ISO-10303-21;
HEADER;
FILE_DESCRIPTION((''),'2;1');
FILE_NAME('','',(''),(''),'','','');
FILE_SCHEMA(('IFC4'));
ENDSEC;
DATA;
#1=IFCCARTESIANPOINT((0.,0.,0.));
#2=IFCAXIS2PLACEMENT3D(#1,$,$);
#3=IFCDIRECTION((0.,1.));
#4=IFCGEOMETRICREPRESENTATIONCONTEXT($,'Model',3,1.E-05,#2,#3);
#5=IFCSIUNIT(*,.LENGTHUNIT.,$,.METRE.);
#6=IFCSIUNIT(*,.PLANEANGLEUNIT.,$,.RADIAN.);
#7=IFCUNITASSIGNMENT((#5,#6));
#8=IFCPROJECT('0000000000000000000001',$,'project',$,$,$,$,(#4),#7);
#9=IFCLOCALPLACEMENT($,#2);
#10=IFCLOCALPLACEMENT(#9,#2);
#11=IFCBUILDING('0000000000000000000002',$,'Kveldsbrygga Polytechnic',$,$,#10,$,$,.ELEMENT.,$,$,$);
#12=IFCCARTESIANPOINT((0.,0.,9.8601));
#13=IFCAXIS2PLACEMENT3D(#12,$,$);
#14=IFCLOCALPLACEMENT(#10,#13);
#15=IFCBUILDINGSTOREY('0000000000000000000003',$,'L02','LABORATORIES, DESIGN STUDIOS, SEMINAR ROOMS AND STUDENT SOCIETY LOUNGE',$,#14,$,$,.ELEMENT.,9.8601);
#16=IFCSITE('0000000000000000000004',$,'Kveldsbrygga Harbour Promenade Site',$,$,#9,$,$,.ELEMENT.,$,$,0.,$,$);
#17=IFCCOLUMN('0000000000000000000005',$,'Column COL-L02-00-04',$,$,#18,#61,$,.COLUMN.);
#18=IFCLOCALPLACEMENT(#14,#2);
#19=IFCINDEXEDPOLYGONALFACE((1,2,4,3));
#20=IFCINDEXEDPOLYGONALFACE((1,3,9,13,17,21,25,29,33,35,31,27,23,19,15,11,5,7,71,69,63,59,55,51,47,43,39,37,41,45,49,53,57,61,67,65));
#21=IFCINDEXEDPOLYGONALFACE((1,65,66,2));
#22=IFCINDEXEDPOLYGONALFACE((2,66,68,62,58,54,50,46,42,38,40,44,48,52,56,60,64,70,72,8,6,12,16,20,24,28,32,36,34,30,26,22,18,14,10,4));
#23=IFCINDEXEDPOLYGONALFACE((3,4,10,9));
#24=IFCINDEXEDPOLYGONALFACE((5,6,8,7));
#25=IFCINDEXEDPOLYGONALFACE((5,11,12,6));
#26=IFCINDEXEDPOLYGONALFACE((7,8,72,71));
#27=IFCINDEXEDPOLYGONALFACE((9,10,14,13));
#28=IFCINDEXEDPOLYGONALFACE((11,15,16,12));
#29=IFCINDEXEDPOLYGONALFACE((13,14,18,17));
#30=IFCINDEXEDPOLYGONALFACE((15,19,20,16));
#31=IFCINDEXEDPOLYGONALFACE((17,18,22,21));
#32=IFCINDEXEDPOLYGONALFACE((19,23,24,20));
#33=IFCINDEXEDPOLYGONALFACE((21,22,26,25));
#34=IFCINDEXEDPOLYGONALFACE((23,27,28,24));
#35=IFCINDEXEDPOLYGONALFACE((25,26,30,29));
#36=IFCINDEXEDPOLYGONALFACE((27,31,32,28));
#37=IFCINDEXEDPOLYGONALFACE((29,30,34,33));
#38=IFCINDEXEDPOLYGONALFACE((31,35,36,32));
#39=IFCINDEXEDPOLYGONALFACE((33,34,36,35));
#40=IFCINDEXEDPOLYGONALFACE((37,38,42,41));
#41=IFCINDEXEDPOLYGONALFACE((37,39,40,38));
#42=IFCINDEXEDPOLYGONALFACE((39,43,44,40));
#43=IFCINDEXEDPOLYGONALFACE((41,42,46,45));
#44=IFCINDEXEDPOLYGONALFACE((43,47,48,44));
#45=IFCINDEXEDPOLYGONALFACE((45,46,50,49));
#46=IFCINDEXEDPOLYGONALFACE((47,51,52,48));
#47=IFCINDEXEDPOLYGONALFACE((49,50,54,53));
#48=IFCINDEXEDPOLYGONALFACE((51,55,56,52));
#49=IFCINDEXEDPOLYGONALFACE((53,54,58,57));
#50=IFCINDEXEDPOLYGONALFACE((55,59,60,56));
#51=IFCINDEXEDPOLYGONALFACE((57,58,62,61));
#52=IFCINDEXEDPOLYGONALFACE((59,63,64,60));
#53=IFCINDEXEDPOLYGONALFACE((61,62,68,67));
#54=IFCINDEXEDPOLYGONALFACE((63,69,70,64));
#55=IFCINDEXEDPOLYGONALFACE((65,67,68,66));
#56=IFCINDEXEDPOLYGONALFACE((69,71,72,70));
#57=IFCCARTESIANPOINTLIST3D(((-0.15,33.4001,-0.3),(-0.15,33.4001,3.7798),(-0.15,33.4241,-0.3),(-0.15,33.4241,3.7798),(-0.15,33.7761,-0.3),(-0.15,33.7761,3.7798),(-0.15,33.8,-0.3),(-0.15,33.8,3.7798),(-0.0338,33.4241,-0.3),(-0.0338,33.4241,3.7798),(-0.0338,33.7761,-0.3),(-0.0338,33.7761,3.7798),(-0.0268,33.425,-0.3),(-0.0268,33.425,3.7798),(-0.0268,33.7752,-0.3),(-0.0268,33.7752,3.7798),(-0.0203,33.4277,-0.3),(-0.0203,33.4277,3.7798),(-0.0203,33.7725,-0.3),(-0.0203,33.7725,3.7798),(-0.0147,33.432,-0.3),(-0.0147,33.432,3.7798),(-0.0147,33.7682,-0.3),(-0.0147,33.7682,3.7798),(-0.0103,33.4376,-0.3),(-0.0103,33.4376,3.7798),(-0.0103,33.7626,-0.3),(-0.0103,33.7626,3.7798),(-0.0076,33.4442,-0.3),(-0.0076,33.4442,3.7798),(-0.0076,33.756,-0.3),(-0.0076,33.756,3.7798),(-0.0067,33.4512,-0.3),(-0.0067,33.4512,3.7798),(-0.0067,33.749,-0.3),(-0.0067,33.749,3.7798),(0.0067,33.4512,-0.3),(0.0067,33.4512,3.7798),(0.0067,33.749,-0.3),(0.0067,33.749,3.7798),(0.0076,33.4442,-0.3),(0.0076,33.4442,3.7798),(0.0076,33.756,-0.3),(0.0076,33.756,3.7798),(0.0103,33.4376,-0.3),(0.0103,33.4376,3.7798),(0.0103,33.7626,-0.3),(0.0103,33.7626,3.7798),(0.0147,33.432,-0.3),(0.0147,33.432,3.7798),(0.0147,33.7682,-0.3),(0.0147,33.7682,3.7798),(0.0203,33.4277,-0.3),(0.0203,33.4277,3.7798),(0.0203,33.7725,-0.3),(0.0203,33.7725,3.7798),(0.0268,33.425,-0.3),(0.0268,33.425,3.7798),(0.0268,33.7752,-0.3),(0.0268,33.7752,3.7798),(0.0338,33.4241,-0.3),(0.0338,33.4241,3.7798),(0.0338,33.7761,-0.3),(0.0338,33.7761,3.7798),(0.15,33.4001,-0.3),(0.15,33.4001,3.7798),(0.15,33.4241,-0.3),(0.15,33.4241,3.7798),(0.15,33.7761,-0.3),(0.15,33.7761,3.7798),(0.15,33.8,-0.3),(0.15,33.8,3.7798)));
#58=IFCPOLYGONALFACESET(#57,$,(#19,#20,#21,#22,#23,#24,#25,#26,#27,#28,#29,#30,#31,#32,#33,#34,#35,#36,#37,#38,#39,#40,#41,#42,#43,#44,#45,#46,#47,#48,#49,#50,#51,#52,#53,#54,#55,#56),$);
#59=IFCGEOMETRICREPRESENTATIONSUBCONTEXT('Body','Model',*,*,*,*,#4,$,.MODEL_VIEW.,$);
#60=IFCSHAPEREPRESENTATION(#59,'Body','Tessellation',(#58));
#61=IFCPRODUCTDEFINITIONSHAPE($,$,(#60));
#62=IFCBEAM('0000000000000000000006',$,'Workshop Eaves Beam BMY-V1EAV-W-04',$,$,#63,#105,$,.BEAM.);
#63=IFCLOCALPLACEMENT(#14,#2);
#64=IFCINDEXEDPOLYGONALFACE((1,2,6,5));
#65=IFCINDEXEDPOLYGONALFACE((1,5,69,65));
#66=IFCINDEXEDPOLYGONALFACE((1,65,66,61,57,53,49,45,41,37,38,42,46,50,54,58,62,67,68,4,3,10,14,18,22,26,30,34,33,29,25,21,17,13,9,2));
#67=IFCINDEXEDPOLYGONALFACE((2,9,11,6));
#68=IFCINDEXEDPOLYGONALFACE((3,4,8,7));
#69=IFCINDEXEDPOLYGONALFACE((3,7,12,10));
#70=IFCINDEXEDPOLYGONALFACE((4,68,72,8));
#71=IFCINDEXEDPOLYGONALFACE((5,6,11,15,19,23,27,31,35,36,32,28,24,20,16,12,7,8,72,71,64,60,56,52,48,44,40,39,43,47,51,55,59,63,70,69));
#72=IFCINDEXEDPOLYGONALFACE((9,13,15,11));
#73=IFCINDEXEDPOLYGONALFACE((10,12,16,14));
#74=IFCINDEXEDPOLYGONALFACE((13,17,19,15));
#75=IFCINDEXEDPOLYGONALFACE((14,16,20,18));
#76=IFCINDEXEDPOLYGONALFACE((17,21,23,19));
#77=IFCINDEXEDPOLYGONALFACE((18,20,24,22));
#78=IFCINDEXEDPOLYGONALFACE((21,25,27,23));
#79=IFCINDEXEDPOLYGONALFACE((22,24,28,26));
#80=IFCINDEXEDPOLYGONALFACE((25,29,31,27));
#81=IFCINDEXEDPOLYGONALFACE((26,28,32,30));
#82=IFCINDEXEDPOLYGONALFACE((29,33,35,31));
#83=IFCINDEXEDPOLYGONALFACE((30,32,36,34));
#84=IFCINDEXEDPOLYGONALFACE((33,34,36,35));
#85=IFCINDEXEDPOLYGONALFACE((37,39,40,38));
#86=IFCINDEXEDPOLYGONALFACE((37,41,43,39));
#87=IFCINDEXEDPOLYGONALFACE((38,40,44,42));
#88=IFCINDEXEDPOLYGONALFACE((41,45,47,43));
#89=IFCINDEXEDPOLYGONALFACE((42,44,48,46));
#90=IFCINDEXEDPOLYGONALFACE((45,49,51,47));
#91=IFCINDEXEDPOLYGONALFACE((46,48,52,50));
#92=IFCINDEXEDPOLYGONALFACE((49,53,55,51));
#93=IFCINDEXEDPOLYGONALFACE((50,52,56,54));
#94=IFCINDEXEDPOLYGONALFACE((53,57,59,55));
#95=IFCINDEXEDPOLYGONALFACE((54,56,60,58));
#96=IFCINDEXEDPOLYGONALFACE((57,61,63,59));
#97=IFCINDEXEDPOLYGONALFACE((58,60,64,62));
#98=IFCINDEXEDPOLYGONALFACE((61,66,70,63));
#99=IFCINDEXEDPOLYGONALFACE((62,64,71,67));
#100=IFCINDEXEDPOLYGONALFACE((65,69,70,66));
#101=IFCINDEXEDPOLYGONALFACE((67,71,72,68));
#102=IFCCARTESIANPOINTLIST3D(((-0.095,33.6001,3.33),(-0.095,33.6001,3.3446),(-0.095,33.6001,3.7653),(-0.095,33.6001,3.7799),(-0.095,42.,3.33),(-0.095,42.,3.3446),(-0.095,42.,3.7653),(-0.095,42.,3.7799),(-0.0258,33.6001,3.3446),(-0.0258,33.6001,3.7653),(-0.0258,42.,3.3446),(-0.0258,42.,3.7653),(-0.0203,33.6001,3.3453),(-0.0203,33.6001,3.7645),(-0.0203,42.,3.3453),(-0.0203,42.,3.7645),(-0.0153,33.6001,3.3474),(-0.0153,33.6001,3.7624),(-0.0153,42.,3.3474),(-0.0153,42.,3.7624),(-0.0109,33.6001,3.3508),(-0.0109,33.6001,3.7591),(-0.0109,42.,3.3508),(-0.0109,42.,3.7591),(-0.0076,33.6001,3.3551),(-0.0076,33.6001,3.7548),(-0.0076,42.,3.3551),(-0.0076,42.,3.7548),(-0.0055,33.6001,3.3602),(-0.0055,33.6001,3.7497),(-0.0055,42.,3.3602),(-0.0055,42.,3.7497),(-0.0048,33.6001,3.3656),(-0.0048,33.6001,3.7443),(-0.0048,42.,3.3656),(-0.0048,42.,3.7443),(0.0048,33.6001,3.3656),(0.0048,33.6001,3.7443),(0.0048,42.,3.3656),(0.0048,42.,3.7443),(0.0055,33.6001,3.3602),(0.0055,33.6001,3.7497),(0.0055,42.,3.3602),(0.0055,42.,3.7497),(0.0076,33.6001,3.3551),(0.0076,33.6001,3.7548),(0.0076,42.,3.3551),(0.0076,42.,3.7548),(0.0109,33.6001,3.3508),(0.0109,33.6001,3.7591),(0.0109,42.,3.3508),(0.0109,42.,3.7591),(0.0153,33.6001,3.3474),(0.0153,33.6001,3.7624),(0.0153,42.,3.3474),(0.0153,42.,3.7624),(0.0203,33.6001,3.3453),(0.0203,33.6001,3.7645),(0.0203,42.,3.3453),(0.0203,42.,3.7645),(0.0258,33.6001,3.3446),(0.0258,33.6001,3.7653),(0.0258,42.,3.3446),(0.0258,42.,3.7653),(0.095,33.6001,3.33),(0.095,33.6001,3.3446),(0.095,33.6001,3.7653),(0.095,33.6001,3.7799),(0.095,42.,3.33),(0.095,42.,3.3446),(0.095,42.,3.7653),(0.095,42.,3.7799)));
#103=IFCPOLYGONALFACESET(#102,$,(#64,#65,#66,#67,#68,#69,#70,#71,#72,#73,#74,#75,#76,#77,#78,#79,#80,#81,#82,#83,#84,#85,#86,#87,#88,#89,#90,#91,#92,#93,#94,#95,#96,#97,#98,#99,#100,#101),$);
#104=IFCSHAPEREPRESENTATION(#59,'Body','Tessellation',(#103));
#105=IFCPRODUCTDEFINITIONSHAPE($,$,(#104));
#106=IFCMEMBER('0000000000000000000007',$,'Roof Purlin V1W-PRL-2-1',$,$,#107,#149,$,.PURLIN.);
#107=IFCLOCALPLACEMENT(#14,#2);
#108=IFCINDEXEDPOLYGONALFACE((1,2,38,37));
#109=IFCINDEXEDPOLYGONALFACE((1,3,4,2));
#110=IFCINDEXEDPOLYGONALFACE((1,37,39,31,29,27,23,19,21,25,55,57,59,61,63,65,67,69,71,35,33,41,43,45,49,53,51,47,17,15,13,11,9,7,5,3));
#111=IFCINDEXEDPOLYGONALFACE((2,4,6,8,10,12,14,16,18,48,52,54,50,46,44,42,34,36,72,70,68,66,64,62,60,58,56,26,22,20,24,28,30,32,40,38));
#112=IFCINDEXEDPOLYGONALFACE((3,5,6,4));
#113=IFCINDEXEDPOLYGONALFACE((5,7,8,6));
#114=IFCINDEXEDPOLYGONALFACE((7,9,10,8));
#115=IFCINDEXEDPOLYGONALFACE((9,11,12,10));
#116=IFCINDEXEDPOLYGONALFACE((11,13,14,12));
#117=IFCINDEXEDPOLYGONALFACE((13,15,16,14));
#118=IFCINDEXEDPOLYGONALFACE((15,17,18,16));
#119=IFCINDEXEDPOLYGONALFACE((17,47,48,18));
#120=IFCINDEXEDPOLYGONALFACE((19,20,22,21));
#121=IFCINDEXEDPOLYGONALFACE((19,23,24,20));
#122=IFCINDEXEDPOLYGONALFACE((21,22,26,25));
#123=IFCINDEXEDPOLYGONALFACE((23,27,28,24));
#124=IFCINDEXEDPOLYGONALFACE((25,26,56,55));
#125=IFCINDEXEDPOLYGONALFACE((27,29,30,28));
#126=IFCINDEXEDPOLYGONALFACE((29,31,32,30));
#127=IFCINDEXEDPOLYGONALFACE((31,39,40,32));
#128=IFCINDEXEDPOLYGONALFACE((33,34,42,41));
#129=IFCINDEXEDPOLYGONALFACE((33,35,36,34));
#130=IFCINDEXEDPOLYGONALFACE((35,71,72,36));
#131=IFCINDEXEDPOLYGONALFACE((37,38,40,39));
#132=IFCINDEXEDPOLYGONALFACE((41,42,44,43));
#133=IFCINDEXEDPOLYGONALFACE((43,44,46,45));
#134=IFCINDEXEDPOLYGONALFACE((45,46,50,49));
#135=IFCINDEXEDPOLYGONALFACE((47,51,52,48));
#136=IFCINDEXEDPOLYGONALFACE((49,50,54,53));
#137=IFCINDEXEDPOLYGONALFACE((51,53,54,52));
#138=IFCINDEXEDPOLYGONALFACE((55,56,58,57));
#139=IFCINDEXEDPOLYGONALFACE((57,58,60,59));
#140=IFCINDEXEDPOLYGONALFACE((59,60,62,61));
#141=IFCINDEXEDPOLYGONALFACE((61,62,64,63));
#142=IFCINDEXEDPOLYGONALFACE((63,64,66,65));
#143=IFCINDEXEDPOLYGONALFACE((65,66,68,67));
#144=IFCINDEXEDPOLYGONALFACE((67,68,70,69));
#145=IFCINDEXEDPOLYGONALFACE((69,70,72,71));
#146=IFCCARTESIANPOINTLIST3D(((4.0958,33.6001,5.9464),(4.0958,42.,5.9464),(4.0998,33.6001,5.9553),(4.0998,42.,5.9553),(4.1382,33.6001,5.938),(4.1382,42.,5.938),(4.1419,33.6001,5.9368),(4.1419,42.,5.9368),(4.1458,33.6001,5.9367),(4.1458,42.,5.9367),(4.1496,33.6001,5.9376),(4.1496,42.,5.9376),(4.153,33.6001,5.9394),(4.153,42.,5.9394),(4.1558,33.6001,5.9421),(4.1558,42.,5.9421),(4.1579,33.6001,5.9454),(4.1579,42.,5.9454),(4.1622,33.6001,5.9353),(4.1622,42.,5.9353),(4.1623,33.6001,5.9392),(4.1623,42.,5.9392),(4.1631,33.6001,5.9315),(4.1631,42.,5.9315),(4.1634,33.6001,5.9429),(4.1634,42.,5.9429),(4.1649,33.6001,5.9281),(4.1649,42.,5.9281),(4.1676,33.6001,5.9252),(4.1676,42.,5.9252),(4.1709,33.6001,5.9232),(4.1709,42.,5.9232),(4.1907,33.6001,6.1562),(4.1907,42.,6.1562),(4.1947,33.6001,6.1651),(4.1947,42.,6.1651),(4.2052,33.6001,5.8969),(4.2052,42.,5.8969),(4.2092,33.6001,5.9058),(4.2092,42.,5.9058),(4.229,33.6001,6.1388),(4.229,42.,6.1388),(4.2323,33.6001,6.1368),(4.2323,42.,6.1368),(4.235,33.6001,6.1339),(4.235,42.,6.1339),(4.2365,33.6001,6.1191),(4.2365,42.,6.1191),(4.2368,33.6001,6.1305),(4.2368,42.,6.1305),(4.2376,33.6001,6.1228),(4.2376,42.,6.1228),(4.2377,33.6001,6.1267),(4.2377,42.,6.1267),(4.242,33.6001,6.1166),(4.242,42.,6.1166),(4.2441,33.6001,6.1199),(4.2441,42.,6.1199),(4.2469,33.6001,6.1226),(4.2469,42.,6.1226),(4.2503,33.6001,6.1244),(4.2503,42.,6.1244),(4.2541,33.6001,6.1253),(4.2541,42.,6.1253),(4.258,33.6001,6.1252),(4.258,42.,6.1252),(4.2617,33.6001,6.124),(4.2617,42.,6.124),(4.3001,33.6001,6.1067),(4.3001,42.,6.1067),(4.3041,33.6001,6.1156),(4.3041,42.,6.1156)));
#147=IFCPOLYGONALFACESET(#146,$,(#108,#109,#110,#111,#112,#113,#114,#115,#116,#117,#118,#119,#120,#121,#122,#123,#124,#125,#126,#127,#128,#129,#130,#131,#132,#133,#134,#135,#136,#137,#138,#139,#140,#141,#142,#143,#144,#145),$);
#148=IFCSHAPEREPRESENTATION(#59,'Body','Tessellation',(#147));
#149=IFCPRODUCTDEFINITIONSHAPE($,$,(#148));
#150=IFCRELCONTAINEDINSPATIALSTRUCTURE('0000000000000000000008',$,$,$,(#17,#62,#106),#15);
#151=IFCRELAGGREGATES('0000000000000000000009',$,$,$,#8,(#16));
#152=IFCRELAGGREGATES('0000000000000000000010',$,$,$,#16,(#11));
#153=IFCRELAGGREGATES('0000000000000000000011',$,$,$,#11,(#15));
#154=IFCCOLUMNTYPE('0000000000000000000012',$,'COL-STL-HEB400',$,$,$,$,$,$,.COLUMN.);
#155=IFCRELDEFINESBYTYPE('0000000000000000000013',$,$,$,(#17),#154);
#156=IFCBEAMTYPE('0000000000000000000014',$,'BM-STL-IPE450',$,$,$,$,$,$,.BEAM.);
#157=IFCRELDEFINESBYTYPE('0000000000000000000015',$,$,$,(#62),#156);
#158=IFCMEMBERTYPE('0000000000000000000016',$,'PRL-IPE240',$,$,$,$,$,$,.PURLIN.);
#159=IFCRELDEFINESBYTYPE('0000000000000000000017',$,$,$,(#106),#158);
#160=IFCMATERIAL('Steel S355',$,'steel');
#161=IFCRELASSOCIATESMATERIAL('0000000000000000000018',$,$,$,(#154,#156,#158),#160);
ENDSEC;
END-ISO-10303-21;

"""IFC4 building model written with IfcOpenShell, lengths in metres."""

from ifc_helpers import new_model, si_unit, direction, frame, origin, origin_2d, place, context, subcontext, project, spatial, i_section, extrude, material, material_profile, profile_set, type_object, element, save


model = new_model("IFC4")

# Units and contexts
model_context = context("Model", 3, precision=1e-05, world=origin(), true_north=direction((0.0, 1.0)))
body_context = subcontext(model_context, "Body", "Model", "MODEL_VIEW")
ifc_project = project(units=[si_unit("LENGTHUNIT", "METRE"), si_unit("PLANEANGLEUNIT", "RADIAN")], contexts=[model_context])

# Site, building, storey
site_placement = place(None, origin())
site = spatial("IfcSite", under=ifc_project, at=site_placement, Name="Kveldsbrygga Harbour Promenade Site", CompositionType="ELEMENT", RefElevation=0.0)
building_placement = place(site_placement, origin())
building = spatial("IfcBuilding", under=site, at=building_placement, Name="Kveldsbrygga Polytechnic", CompositionType="ELEMENT")
storey_placement = place(building_placement, frame((0.0, 0.0, 9.8601)))
storey = spatial("IfcBuildingStorey", under=building, at=storey_placement, Name="L02", Description="LABORATORIES, DESIGN STUDIOS, SEMINAR ROOMS AND STUDENT SOCIETY LOUNGE", CompositionType="ELEMENT", Elevation=9.8601)

# Column
ifc_material_1 = material(Name="Steel S355", Category="steel")
ifc_material_profile_1 = material_profile(ifc_material_1, i_section(OverallWidth=0.3, OverallDepth=0.3999, WebThickness=0.0134, FlangeThickness=0.0239, FilletRadius=0.0271, at=origin_2d()), Name="HEB 400")
ifc_profile_set_1 = profile_set([ifc_material_profile_1], Name="Steel S355")
column_type = type_object("IfcColumnType", Name="COL-STL-HEB400", PredefinedType="COLUMN", material=ifc_profile_set_1)
column_placement = place(storey_placement, frame((0.0, 33.6001, -0.3), z_axis=(0.0, 0.0, 1.0), x_axis=(1.0, 0.0, 0.0)))
element("IfcColumn", 1, at=column_placement, inside=storey, type_object=column_type, Name="Column COL-L02-00-04", PredefinedType="COLUMN", context=body_context, shape_type="SweptSolid", body=[
    extrude(i_section(OverallWidth=0.3, OverallDepth=0.3999, WebThickness=0.0134, FlangeThickness=0.0239, FilletRadius=0.0271, at=origin_2d()), origin(), (0.0, 0.0, 1.0), 4.0798),
])

# Beam
ifc_material_profile_2 = material_profile(ifc_material_1, i_section(OverallWidth=0.1899, OverallDepth=0.45, WebThickness=0.0095, FlangeThickness=0.0146, FilletRadius=0.021, at=origin_2d()), Name="IPE 450")
ifc_profile_set_2 = profile_set([ifc_material_profile_2], Name="Steel S355")
beam_type = type_object("IfcBeamType", Name="BM-STL-IPE450", PredefinedType="BEAM", material=ifc_profile_set_2)
beam_placement = place(storey_placement, frame((0.0, 33.6001, 3.5549), z_axis=(0.0, 1.0, 0.0), x_axis=(-1.0, 0.0, 0.0)))
element("IfcBeam", 2, at=beam_placement, inside=storey, type_object=beam_type, Name="Workshop Eaves Beam BMY-V1EAV-W-04", PredefinedType="BEAM", context=body_context, shape_type="SweptSolid", body=[
    extrude(i_section(OverallWidth=0.1899, OverallDepth=0.45, WebThickness=0.0095, FlangeThickness=0.0146, FilletRadius=0.021, at=origin_2d()), origin(), (0.0, 0.0, 1.0), 8.3999),
])

# Member
ifc_material_profile_3 = material_profile(ifc_material_1, i_section(OverallWidth=0.1201, OverallDepth=0.24, WebThickness=0.0061, FlangeThickness=0.0098, FilletRadius=0.0149, at=origin_2d()), Name="IPE 240")
ifc_profile_set_3 = profile_set([ifc_material_profile_3], Name="Steel S355")
member_type_1 = type_object("IfcMemberType", Name="PRL-IPE240", PredefinedType="PURLIN", material=ifc_profile_set_3)
member_1_placement = place(storey_placement, frame((4.2, 33.6001, 6.031), z_axis=(0.0, 1.0, 0.0), x_axis=(-0.911108, 0.0, 0.412168)))
element("IfcMember", 3, at=member_1_placement, inside=storey, type_object=member_type_1, Name="Roof Purlin V1W-PRL-2-1", PredefinedType="PURLIN", context=body_context, shape_type="SweptSolid", body=[
    extrude(i_section(OverallWidth=0.1201, OverallDepth=0.24, WebThickness=0.0061, FlangeThickness=0.0098, FilletRadius=0.0149, at=origin_2d()), origin(), (0.0, 0.0, 1.0), 8.3999),
])

save(model, "model.ifc")
